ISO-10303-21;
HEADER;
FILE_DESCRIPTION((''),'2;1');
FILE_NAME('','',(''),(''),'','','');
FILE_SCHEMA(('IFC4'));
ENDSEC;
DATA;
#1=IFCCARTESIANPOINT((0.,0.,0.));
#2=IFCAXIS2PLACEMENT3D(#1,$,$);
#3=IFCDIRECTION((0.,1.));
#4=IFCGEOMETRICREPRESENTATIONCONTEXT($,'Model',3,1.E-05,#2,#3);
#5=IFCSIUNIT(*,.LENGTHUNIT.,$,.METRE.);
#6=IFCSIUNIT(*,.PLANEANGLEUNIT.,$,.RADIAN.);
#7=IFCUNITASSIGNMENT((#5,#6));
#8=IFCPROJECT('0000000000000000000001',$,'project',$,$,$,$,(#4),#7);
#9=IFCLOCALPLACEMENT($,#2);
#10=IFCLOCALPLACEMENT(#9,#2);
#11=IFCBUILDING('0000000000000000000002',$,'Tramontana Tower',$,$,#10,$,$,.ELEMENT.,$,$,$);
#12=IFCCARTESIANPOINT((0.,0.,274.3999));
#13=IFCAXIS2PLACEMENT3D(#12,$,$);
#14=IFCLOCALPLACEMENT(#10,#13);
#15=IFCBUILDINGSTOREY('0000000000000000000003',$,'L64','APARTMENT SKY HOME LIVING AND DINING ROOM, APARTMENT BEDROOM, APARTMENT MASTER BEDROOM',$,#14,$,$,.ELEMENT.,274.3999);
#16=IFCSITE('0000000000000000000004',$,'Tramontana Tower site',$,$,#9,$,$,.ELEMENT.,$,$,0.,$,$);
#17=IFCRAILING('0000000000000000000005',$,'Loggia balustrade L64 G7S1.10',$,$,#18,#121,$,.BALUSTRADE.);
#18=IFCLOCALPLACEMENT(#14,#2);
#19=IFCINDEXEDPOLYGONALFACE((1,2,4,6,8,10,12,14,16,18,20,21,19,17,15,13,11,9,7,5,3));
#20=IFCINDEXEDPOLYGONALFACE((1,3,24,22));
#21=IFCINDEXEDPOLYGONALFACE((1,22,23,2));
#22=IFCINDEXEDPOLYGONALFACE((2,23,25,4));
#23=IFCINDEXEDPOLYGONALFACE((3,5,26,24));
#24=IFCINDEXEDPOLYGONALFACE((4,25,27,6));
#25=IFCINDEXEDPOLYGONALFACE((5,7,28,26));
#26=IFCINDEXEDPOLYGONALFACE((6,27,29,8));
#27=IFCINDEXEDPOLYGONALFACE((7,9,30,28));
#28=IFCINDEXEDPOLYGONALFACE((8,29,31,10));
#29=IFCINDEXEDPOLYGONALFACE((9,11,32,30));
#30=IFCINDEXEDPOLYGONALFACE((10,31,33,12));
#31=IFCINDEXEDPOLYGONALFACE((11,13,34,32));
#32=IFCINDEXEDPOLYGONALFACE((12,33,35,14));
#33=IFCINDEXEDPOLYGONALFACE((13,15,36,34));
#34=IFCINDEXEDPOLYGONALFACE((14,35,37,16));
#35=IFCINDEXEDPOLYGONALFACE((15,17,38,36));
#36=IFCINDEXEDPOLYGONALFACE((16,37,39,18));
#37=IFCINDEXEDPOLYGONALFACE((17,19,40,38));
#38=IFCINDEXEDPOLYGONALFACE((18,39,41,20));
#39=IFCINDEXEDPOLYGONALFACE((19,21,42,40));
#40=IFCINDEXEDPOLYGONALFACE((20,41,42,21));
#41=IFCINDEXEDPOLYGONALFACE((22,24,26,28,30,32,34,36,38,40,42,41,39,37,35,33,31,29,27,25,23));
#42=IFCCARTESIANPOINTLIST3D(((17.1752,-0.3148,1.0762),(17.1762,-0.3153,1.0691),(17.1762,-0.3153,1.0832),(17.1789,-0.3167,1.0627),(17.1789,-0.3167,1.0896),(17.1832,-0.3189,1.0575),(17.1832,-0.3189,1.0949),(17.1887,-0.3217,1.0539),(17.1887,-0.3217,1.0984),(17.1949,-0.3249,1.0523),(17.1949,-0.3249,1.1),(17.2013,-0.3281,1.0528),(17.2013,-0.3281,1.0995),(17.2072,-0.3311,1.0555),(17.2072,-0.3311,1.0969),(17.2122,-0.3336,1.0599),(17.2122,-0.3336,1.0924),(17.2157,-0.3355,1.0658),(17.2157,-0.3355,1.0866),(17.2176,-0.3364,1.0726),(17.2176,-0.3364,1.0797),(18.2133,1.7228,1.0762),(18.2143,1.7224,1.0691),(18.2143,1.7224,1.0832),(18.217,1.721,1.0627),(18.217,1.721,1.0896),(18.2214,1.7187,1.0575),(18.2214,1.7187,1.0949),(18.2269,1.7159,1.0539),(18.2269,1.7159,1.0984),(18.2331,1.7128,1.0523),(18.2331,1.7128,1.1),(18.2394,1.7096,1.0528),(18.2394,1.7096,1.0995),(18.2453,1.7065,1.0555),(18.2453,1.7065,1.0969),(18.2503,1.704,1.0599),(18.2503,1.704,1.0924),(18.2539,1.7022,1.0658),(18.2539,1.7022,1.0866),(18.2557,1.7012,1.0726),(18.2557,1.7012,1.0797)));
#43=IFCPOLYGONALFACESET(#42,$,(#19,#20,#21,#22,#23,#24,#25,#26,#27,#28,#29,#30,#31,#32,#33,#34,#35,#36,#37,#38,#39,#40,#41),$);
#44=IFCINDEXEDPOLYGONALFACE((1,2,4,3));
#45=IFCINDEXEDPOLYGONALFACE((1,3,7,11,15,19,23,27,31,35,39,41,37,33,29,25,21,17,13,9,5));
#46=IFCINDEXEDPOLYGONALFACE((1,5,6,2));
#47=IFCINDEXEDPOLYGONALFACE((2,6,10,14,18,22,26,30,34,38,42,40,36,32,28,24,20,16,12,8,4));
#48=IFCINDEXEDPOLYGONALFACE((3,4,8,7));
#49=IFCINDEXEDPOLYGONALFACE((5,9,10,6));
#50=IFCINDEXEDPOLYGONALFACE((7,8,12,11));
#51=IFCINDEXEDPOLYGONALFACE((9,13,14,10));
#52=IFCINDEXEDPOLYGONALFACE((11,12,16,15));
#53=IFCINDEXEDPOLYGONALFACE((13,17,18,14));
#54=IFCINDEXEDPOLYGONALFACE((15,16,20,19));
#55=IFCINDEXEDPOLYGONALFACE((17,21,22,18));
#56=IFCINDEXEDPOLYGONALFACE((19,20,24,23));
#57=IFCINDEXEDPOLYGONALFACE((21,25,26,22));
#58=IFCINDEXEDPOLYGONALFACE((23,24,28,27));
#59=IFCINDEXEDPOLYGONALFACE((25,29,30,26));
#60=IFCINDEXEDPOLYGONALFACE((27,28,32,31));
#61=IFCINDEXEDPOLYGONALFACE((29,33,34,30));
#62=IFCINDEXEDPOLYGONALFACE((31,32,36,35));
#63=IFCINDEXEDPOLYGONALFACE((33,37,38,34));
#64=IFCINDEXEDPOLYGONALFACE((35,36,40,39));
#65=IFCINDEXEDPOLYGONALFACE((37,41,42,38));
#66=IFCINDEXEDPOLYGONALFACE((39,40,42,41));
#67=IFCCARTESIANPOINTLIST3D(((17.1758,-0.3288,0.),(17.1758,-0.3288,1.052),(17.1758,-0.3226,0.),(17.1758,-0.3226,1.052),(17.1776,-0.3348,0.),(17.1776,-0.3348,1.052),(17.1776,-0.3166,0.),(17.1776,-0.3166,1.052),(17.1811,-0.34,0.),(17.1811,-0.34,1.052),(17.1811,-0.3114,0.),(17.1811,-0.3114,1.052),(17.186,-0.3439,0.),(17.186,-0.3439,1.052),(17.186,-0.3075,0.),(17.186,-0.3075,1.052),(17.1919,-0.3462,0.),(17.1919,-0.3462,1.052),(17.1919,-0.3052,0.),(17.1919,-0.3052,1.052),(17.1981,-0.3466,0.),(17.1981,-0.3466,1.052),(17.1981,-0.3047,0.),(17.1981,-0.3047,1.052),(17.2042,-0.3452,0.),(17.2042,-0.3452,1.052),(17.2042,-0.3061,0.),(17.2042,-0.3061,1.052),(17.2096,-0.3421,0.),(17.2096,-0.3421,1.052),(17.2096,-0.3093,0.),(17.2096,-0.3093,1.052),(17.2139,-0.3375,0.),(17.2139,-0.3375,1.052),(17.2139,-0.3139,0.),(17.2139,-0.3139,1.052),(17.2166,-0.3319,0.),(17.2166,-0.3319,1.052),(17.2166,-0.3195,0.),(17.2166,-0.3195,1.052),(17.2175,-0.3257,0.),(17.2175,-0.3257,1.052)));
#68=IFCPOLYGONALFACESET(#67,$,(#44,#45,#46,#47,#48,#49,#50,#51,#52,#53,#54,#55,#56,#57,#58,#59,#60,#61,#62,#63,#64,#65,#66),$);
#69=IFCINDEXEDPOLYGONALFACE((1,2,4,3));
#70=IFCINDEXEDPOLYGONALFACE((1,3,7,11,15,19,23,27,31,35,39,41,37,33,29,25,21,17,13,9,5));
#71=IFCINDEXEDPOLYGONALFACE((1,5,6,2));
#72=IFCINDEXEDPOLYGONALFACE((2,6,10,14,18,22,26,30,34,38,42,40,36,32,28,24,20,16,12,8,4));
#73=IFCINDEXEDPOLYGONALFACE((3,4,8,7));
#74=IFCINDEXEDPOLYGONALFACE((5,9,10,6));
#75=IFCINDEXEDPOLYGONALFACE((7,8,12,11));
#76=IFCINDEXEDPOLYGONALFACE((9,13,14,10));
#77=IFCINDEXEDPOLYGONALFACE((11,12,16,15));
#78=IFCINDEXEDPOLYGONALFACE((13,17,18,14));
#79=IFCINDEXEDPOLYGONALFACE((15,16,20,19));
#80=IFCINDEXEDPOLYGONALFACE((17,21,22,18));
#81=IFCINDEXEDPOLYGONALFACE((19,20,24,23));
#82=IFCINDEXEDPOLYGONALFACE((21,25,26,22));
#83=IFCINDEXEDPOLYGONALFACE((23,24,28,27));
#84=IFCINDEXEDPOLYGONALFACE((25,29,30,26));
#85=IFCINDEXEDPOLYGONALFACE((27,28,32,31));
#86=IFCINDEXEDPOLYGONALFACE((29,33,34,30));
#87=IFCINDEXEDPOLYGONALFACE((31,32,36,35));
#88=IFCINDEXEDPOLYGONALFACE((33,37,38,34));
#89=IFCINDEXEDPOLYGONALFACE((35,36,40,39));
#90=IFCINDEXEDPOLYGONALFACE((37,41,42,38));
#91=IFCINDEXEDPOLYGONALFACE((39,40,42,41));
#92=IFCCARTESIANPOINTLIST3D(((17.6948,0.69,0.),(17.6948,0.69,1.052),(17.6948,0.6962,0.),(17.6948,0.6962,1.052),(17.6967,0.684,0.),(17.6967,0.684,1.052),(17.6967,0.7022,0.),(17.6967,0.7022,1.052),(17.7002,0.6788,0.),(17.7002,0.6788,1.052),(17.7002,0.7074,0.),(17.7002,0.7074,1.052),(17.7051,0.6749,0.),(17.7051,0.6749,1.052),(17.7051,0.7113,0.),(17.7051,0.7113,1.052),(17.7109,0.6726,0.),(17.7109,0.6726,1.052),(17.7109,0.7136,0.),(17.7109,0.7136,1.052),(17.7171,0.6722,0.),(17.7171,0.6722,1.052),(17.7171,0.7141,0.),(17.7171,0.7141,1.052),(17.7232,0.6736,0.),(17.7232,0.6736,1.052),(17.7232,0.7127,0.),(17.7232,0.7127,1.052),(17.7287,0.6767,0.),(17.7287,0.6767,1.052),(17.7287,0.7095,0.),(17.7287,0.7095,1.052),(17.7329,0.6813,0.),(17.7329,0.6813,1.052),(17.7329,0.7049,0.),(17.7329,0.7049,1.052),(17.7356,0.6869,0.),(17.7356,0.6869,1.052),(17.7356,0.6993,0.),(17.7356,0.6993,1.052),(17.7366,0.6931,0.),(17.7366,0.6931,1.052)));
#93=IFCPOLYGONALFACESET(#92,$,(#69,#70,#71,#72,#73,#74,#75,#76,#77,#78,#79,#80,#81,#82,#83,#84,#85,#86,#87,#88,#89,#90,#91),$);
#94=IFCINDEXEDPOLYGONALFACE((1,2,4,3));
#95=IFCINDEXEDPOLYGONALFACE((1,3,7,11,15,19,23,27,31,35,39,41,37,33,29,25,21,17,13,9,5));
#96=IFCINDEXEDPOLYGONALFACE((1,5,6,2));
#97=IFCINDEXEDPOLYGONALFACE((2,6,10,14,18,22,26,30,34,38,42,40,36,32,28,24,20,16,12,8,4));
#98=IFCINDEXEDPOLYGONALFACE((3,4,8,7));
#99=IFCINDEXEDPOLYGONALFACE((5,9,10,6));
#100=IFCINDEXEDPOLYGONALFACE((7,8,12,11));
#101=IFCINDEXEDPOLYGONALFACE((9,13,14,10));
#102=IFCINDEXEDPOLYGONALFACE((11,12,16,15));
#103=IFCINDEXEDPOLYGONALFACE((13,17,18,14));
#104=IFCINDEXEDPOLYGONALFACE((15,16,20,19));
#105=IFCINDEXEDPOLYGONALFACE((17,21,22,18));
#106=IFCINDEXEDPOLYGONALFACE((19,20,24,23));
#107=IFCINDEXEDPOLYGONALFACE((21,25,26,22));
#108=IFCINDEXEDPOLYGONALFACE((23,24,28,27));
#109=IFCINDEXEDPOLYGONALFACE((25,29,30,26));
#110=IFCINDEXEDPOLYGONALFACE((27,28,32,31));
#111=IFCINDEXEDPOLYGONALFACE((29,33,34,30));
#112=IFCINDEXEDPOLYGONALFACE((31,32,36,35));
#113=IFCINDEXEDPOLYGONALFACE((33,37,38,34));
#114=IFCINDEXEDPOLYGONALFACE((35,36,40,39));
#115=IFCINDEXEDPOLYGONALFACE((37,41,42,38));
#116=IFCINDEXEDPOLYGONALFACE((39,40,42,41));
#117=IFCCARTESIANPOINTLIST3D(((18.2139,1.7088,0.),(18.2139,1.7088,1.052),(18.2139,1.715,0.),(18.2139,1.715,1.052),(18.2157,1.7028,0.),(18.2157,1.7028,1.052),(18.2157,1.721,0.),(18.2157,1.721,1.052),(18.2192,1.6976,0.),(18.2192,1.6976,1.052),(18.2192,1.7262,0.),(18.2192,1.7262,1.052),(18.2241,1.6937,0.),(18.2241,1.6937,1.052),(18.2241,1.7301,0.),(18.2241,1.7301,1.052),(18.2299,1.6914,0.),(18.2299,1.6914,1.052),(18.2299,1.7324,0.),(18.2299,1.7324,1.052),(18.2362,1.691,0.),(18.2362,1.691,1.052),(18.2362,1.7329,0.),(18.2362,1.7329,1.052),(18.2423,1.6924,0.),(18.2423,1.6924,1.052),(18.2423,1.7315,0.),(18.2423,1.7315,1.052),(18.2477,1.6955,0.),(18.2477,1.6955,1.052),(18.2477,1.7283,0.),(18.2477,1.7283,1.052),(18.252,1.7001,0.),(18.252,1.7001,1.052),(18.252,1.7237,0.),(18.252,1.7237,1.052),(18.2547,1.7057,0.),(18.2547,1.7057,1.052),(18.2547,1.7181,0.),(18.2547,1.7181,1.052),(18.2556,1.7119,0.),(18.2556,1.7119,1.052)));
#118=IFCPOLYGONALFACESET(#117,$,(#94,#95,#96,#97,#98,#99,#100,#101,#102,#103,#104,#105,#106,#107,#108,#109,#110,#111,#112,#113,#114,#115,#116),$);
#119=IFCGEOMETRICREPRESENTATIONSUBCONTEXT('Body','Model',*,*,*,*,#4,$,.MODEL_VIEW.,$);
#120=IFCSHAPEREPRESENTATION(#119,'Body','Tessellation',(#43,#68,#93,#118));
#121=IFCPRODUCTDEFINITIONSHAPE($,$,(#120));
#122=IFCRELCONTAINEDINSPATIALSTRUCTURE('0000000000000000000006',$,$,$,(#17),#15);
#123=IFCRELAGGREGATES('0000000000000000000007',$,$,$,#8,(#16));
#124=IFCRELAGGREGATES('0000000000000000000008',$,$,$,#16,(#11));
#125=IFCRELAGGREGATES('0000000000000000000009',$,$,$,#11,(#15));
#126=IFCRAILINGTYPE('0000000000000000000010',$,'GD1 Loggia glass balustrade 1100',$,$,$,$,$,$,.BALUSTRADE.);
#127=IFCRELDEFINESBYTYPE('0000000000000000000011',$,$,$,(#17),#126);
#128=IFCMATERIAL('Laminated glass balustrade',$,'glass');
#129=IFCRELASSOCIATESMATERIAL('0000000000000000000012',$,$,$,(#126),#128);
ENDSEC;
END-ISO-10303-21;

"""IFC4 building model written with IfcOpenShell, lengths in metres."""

from ifc_helpers import new_model, si_unit, direction, frame, origin, origin_2d, place, context, subcontext, project, spatial, circle, extrude, material, type_object, element, save


model = new_model("IFC4")

# Units and contexts
model_context = context("Model", 3, precision=1e-05, world=origin(), true_north=direction((0.0, 1.0)))
body_context = subcontext(model_context, "Body", "Model", "MODEL_VIEW")
ifc_project = project(units=[si_unit("LENGTHUNIT", "METRE"), si_unit("PLANEANGLEUNIT", "RADIAN")], contexts=[model_context])

# Site, building, storey
site_placement = place(None, origin())
site = spatial("IfcSite", under=ifc_project, at=site_placement, Name="Tramontana Tower site", CompositionType="ELEMENT", RefElevation=0.0)
building_placement = place(site_placement, origin())
building = spatial("IfcBuilding", under=site, at=building_placement, Name="Tramontana Tower", CompositionType="ELEMENT")
storey_placement = place(building_placement, frame((0.0, 0.0, 274.3999)))
storey = spatial("IfcBuildingStorey", under=building, at=storey_placement, Name="L64", Description="APARTMENT SKY HOME LIVING AND DINING ROOM, APARTMENT BEDROOM, APARTMENT MASTER BEDROOM", CompositionType="ELEMENT", Elevation=274.3999)

# Railing
ifc_material_1 = material(Name="Laminated glass balustrade", Category="glass")
railing_type_1 = type_object("IfcRailingType", Name="GD1 Loggia glass balustrade 1100", PredefinedType="BALUSTRADE", material=ifc_material_1)
railing_1_placement = place(storey_placement, frame((17.1965, -0.3257, 0.0)))
element("IfcRailing", 1, at=railing_1_placement, inside=storey, type_object=railing_type_1, Name="Loggia balustrade L64 G7S1.10", PredefinedType="BALUSTRADE", context=body_context, shape_type="SweptSolid", body=[
    extrude(circle(Radius=0.0239, at=origin_2d()), frame((0.0, 0.0, 1.0762), z_axis=(0.453948, 0.891028, 0.0), x_axis=(-0.891028, 0.453948, 0.0)), (0.0, 0.0, 1.0), 2.2869),
    extrude(circle(Radius=0.021, at=origin_2d()), origin(), (0.0, 0.0, 1.0), 1.052),
    extrude(circle(Radius=0.021, at=origin_2d()), frame((0.519, 1.0188, 0.0)), (0.0, 0.0, 1.0), 1.052),
    extrude(circle(Radius=0.021, at=origin_2d()), frame((1.0381, 2.0376, 0.0)), (0.0, 0.0, 1.0), 1.052),
])

save(model, "model.ifc")
